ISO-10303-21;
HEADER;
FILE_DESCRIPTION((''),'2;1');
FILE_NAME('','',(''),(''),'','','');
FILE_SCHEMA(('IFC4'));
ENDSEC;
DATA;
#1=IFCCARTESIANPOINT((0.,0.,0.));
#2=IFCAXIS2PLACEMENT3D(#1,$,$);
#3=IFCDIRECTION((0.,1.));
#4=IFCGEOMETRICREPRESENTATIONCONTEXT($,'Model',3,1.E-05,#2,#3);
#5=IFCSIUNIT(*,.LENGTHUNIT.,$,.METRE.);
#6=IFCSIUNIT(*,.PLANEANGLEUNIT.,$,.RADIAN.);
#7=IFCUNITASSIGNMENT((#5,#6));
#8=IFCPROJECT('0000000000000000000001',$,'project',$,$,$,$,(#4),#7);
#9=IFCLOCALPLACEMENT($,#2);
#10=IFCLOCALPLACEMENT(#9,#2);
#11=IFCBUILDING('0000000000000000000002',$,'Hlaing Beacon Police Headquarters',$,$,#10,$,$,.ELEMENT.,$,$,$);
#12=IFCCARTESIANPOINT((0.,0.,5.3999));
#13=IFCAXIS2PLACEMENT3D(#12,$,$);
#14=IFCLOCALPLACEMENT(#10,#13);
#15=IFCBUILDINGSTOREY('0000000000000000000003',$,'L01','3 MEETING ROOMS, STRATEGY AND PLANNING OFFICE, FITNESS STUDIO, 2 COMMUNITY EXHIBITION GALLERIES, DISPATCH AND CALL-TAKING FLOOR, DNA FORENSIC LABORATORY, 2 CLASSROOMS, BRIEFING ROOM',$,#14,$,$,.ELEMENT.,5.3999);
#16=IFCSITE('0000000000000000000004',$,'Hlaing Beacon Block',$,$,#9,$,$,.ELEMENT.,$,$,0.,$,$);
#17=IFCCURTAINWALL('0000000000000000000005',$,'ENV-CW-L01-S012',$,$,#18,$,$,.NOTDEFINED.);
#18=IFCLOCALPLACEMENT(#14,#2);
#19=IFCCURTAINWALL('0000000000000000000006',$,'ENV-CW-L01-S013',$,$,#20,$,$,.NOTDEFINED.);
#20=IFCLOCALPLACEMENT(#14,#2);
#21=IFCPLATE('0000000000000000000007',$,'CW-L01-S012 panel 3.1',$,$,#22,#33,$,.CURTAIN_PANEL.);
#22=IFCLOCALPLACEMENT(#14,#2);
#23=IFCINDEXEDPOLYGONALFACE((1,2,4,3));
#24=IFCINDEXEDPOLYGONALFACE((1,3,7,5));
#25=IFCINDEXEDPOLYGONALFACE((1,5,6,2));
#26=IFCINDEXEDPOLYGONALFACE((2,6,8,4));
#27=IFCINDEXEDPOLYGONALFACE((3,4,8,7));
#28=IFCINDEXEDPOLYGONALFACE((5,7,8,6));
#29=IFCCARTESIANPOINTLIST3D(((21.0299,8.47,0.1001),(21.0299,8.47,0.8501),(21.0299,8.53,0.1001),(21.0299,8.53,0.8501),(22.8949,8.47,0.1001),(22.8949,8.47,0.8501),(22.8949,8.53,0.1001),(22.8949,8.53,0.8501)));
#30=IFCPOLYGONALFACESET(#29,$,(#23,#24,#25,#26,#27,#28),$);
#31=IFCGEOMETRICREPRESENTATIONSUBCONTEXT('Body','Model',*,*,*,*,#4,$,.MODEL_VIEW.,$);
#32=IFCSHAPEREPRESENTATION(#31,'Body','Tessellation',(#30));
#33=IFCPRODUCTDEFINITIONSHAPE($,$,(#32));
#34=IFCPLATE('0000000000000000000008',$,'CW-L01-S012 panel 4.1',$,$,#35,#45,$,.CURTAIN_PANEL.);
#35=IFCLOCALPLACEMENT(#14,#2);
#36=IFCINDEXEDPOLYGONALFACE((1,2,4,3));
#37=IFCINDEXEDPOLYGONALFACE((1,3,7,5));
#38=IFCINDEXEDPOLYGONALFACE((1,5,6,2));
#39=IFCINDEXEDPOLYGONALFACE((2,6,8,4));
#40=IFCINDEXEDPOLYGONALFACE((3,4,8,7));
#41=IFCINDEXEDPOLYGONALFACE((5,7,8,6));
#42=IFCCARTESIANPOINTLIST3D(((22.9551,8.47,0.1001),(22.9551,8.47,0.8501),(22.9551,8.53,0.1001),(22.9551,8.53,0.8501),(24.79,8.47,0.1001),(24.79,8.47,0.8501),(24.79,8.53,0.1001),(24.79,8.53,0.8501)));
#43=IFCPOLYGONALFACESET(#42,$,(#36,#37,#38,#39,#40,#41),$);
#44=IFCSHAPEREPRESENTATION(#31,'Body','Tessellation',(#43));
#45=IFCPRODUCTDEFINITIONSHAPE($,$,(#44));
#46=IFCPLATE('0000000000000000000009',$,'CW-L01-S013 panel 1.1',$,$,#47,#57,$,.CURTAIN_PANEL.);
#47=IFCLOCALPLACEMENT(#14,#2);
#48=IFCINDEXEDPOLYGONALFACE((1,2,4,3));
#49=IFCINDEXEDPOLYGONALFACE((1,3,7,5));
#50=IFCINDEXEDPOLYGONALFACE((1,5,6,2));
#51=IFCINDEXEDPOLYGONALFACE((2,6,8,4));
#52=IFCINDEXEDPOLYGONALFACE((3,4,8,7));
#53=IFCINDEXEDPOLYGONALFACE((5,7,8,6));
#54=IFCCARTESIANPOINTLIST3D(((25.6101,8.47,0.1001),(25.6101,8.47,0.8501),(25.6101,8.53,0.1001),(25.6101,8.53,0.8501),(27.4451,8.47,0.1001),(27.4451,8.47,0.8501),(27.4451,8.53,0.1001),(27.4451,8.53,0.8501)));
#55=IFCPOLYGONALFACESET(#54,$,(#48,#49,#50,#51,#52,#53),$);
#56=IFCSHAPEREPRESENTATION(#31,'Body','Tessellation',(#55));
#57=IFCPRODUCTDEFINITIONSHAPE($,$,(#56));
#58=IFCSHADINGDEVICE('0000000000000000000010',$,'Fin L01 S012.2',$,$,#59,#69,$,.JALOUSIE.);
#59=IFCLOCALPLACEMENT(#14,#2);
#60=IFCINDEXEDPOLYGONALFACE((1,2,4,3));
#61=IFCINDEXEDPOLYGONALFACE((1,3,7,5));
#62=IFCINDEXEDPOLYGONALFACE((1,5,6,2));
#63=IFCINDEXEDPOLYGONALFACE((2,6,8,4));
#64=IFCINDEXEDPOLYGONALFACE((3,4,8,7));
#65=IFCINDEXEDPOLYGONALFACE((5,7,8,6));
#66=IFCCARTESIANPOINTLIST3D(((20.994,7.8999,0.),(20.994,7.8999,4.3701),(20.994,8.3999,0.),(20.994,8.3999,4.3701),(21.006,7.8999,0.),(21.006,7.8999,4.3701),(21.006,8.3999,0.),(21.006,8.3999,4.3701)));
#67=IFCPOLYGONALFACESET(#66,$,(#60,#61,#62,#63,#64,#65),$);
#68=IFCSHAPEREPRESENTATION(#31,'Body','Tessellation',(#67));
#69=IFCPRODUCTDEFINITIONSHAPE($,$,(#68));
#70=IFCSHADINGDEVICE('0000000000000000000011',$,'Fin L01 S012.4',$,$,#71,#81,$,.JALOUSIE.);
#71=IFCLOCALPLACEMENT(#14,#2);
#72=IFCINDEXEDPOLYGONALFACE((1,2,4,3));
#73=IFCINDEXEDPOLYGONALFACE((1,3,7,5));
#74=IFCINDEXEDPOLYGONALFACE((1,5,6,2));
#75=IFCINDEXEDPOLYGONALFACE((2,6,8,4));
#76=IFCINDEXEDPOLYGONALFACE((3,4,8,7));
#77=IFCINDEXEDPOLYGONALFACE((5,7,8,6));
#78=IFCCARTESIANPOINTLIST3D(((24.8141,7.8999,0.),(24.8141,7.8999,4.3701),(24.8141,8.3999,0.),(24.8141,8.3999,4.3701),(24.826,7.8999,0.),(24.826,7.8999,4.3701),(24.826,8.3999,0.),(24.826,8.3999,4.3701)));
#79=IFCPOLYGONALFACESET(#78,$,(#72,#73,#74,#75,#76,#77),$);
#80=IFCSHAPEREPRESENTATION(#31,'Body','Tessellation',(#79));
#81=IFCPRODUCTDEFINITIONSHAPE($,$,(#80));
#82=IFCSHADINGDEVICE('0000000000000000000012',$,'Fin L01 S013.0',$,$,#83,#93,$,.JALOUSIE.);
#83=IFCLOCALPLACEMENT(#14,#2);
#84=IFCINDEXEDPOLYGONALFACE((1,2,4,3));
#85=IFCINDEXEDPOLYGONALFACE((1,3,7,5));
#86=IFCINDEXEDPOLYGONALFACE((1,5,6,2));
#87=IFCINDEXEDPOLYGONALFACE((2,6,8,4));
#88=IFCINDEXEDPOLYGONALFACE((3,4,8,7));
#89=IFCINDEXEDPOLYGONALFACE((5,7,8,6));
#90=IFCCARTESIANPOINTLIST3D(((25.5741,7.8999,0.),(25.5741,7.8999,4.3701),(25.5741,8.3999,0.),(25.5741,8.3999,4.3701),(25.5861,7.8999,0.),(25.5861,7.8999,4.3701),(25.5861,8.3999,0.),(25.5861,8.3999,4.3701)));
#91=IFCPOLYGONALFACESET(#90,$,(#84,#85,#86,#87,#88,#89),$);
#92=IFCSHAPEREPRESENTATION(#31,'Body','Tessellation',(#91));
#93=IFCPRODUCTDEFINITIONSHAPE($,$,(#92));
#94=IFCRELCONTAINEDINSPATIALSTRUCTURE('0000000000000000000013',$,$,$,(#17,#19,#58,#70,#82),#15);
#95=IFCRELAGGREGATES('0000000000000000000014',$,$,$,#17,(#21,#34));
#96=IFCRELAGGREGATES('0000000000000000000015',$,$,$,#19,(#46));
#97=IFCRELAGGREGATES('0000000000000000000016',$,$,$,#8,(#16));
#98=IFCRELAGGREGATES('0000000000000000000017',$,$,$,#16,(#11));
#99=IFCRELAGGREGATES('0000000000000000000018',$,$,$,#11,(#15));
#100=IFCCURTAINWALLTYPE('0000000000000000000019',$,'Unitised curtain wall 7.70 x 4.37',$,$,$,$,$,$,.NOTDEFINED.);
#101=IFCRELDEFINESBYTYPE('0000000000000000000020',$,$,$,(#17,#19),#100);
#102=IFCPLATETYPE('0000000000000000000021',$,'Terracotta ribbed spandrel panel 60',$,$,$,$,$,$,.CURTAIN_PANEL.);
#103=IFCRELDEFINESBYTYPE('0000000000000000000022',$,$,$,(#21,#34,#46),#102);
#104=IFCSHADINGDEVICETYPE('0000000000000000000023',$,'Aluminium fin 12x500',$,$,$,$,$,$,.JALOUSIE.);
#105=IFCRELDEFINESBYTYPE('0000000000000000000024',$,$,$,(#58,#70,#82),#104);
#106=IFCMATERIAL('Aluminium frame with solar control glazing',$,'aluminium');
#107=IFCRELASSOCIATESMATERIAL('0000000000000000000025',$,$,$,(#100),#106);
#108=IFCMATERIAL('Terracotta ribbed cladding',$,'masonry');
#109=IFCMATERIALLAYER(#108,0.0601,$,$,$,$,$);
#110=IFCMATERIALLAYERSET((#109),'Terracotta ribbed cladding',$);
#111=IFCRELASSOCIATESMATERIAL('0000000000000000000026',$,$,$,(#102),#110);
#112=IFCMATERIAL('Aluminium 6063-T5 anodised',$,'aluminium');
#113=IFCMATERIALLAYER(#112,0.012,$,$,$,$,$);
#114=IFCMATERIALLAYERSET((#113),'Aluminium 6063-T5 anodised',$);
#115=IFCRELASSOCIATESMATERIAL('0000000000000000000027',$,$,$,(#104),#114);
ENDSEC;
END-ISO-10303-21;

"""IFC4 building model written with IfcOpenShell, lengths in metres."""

from ifc_helpers import new_model, si_unit, direction, frame, origin, origin_2d, place, context, subcontext, project, spatial, rectangle, extrude, material, layer, layer_set, type_object, element, aggregate, save


model = new_model("IFC4")

# Units and contexts
model_context = context("Model", 3, precision=1e-05, world=origin(), true_north=direction((0.0, 1.0)))
body_context = subcontext(model_context, "Body", "Model", "MODEL_VIEW")
ifc_project = project(units=[si_unit("LENGTHUNIT", "METRE"), si_unit("PLANEANGLEUNIT", "RADIAN")], contexts=[model_context])

# Site, building, storey
site_placement = place(None, origin())
site = spatial("IfcSite", under=ifc_project, at=site_placement, Name="Hlaing Beacon Block", CompositionType="ELEMENT", RefElevation=0.0)
building_placement = place(site_placement, origin())
building = spatial("IfcBuilding", under=site, at=building_placement, Name="Hlaing Beacon Police Headquarters", CompositionType="ELEMENT")
storey_placement = place(building_placement, frame((0.0, 0.0, 5.3999)))
storey = spatial("IfcBuildingStorey", under=building, at=storey_placement, Name="L01", Description="3 MEETING ROOMS, STRATEGY AND PLANNING OFFICE, FITNESS STUDIO, 2 COMMUNITY EXHIBITION GALLERIES, DISPATCH AND CALL-TAKING FLOOR, DNA FORENSIC LABORATORY, 2 CLASSROOMS, BRIEFING ROOM", CompositionType="ELEMENT", Elevation=5.3999)

# Curtain wall
ifc_material_1 = material(Name="Aluminium frame with solar control glazing", Category="aluminium")
curtain_wall_type = type_object("IfcCurtainWallType", Name="Unitised curtain wall 7.70 x 4.37", PredefinedType="NOTDEFINED", material=ifc_material_1)
curtain_wall_1_placement = place(storey_placement, origin())
curtain_wall_1 = element("IfcCurtainWall", 1, at=curtain_wall_1_placement, inside=storey, type_object=curtain_wall_type, Name="ENV-CW-L01-S012", PredefinedType="NOTDEFINED")

# Curtain wall
curtain_wall_2_placement = place(storey_placement, origin())
curtain_wall_2 = element("IfcCurtainWall", 2, at=curtain_wall_2_placement, inside=storey, type_object=curtain_wall_type, Name="ENV-CW-L01-S013", PredefinedType="NOTDEFINED")

# Plates
ifc_material_2 = material(Name="Terracotta ribbed cladding", Category="masonry")
ifc_layer_1 = layer(ifc_material_2, 0.0601)
ifc_layer_set_1 = layer_set([ifc_layer_1], Name="Terracotta ribbed cladding")
plate_type_1 = type_object("IfcPlateType", Name="Terracotta ribbed spandrel panel 60", PredefinedType="CURTAIN_PANEL", material=ifc_layer_set_1)
plate_1_placement = place(storey_placement, frame((21.9624, 8.5, 0.1001), z_axis=(0.0, 0.0, 1.0), x_axis=(1.0, 0.0, 0.0)))
plate_1 = element("IfcPlate", 3, at=plate_1_placement, type_object=plate_type_1, Name="CW-L01-S012 panel 3.1", PredefinedType="CURTAIN_PANEL", context=body_context, shape_type="SweptSolid", body=[
    extrude(rectangle(XDim=1.865, YDim=0.0601, at=origin_2d()), origin(), (0.0, 0.0, 1.0), 0.75),
])
plate_2_placement = place(storey_placement, frame((23.8726, 8.5, 0.1001), z_axis=(0.0, 0.0, 1.0), x_axis=(1.0, 0.0, 0.0)))
plate_2 = element("IfcPlate", 4, at=plate_2_placement, type_object=plate_type_1, Name="CW-L01-S012 panel 4.1", PredefinedType="CURTAIN_PANEL", context=body_context, shape_type="SweptSolid", body=[
    extrude(rectangle(XDim=1.835, YDim=0.0601, at=origin_2d()), origin(), (0.0, 0.0, 1.0), 0.75),
])
aggregate(curtain_wall_1, [plate_1, plate_2])
plate_3_placement = place(storey_placement, frame((26.5276, 8.5, 0.1001), z_axis=(0.0, 0.0, 1.0), x_axis=(1.0, 0.0, 0.0)))
plate_3 = element("IfcPlate", 5, at=plate_3_placement, type_object=plate_type_1, Name="CW-L01-S013 panel 1.1", PredefinedType="CURTAIN_PANEL", context=body_context, shape_type="SweptSolid", body=[
    extrude(rectangle(XDim=1.835, YDim=0.0601, at=origin_2d()), origin(), (0.0, 0.0, 1.0), 0.75),
])
aggregate(curtain_wall_2, [plate_3])

# Shading devices
ifc_material_3 = material(Name="Aluminium 6063-T5 anodised", Category="aluminium")
ifc_layer_2 = layer(ifc_material_3, 0.012)
ifc_layer_set_2 = layer_set([ifc_layer_2], Name="Aluminium 6063-T5 anodised")
shading_device_type = type_object("IfcShadingDeviceType", Name="Aluminium fin 12x500", PredefinedType="JALOUSIE", material=ifc_layer_set_2)
for number, where, z_axis, x_axis, name in (
    (6, (21.0, 8.1499, 0.0), (0.0, 0.0, 1.0), (1.0, 0.0, 0.0), "Fin L01 S012.2"),
    (7, (24.8201, 8.1499, 0.0), (0.0, 0.0, 1.0), (1.0, 0.0, 0.0), "Fin L01 S012.4"),
    (8, (25.5801, 8.1499, 0.0), (0.0, 0.0, 1.0), (1.0, 0.0, 0.0), "Fin L01 S013.0"),
):
    element("IfcShadingDevice", number, at=place(storey_placement, frame(where, z_axis=z_axis, x_axis=x_axis)), inside=storey, type_object=shading_device_type, Name=name, PredefinedType="JALOUSIE", context=body_context, shape_type="SweptSolid", body=[
        extrude(rectangle(XDim=0.012, YDim=0.5, at=origin_2d()), origin(), (0.0, 0.0, 1.0), 4.3701),
    ])

save(model, "model.ifc")
